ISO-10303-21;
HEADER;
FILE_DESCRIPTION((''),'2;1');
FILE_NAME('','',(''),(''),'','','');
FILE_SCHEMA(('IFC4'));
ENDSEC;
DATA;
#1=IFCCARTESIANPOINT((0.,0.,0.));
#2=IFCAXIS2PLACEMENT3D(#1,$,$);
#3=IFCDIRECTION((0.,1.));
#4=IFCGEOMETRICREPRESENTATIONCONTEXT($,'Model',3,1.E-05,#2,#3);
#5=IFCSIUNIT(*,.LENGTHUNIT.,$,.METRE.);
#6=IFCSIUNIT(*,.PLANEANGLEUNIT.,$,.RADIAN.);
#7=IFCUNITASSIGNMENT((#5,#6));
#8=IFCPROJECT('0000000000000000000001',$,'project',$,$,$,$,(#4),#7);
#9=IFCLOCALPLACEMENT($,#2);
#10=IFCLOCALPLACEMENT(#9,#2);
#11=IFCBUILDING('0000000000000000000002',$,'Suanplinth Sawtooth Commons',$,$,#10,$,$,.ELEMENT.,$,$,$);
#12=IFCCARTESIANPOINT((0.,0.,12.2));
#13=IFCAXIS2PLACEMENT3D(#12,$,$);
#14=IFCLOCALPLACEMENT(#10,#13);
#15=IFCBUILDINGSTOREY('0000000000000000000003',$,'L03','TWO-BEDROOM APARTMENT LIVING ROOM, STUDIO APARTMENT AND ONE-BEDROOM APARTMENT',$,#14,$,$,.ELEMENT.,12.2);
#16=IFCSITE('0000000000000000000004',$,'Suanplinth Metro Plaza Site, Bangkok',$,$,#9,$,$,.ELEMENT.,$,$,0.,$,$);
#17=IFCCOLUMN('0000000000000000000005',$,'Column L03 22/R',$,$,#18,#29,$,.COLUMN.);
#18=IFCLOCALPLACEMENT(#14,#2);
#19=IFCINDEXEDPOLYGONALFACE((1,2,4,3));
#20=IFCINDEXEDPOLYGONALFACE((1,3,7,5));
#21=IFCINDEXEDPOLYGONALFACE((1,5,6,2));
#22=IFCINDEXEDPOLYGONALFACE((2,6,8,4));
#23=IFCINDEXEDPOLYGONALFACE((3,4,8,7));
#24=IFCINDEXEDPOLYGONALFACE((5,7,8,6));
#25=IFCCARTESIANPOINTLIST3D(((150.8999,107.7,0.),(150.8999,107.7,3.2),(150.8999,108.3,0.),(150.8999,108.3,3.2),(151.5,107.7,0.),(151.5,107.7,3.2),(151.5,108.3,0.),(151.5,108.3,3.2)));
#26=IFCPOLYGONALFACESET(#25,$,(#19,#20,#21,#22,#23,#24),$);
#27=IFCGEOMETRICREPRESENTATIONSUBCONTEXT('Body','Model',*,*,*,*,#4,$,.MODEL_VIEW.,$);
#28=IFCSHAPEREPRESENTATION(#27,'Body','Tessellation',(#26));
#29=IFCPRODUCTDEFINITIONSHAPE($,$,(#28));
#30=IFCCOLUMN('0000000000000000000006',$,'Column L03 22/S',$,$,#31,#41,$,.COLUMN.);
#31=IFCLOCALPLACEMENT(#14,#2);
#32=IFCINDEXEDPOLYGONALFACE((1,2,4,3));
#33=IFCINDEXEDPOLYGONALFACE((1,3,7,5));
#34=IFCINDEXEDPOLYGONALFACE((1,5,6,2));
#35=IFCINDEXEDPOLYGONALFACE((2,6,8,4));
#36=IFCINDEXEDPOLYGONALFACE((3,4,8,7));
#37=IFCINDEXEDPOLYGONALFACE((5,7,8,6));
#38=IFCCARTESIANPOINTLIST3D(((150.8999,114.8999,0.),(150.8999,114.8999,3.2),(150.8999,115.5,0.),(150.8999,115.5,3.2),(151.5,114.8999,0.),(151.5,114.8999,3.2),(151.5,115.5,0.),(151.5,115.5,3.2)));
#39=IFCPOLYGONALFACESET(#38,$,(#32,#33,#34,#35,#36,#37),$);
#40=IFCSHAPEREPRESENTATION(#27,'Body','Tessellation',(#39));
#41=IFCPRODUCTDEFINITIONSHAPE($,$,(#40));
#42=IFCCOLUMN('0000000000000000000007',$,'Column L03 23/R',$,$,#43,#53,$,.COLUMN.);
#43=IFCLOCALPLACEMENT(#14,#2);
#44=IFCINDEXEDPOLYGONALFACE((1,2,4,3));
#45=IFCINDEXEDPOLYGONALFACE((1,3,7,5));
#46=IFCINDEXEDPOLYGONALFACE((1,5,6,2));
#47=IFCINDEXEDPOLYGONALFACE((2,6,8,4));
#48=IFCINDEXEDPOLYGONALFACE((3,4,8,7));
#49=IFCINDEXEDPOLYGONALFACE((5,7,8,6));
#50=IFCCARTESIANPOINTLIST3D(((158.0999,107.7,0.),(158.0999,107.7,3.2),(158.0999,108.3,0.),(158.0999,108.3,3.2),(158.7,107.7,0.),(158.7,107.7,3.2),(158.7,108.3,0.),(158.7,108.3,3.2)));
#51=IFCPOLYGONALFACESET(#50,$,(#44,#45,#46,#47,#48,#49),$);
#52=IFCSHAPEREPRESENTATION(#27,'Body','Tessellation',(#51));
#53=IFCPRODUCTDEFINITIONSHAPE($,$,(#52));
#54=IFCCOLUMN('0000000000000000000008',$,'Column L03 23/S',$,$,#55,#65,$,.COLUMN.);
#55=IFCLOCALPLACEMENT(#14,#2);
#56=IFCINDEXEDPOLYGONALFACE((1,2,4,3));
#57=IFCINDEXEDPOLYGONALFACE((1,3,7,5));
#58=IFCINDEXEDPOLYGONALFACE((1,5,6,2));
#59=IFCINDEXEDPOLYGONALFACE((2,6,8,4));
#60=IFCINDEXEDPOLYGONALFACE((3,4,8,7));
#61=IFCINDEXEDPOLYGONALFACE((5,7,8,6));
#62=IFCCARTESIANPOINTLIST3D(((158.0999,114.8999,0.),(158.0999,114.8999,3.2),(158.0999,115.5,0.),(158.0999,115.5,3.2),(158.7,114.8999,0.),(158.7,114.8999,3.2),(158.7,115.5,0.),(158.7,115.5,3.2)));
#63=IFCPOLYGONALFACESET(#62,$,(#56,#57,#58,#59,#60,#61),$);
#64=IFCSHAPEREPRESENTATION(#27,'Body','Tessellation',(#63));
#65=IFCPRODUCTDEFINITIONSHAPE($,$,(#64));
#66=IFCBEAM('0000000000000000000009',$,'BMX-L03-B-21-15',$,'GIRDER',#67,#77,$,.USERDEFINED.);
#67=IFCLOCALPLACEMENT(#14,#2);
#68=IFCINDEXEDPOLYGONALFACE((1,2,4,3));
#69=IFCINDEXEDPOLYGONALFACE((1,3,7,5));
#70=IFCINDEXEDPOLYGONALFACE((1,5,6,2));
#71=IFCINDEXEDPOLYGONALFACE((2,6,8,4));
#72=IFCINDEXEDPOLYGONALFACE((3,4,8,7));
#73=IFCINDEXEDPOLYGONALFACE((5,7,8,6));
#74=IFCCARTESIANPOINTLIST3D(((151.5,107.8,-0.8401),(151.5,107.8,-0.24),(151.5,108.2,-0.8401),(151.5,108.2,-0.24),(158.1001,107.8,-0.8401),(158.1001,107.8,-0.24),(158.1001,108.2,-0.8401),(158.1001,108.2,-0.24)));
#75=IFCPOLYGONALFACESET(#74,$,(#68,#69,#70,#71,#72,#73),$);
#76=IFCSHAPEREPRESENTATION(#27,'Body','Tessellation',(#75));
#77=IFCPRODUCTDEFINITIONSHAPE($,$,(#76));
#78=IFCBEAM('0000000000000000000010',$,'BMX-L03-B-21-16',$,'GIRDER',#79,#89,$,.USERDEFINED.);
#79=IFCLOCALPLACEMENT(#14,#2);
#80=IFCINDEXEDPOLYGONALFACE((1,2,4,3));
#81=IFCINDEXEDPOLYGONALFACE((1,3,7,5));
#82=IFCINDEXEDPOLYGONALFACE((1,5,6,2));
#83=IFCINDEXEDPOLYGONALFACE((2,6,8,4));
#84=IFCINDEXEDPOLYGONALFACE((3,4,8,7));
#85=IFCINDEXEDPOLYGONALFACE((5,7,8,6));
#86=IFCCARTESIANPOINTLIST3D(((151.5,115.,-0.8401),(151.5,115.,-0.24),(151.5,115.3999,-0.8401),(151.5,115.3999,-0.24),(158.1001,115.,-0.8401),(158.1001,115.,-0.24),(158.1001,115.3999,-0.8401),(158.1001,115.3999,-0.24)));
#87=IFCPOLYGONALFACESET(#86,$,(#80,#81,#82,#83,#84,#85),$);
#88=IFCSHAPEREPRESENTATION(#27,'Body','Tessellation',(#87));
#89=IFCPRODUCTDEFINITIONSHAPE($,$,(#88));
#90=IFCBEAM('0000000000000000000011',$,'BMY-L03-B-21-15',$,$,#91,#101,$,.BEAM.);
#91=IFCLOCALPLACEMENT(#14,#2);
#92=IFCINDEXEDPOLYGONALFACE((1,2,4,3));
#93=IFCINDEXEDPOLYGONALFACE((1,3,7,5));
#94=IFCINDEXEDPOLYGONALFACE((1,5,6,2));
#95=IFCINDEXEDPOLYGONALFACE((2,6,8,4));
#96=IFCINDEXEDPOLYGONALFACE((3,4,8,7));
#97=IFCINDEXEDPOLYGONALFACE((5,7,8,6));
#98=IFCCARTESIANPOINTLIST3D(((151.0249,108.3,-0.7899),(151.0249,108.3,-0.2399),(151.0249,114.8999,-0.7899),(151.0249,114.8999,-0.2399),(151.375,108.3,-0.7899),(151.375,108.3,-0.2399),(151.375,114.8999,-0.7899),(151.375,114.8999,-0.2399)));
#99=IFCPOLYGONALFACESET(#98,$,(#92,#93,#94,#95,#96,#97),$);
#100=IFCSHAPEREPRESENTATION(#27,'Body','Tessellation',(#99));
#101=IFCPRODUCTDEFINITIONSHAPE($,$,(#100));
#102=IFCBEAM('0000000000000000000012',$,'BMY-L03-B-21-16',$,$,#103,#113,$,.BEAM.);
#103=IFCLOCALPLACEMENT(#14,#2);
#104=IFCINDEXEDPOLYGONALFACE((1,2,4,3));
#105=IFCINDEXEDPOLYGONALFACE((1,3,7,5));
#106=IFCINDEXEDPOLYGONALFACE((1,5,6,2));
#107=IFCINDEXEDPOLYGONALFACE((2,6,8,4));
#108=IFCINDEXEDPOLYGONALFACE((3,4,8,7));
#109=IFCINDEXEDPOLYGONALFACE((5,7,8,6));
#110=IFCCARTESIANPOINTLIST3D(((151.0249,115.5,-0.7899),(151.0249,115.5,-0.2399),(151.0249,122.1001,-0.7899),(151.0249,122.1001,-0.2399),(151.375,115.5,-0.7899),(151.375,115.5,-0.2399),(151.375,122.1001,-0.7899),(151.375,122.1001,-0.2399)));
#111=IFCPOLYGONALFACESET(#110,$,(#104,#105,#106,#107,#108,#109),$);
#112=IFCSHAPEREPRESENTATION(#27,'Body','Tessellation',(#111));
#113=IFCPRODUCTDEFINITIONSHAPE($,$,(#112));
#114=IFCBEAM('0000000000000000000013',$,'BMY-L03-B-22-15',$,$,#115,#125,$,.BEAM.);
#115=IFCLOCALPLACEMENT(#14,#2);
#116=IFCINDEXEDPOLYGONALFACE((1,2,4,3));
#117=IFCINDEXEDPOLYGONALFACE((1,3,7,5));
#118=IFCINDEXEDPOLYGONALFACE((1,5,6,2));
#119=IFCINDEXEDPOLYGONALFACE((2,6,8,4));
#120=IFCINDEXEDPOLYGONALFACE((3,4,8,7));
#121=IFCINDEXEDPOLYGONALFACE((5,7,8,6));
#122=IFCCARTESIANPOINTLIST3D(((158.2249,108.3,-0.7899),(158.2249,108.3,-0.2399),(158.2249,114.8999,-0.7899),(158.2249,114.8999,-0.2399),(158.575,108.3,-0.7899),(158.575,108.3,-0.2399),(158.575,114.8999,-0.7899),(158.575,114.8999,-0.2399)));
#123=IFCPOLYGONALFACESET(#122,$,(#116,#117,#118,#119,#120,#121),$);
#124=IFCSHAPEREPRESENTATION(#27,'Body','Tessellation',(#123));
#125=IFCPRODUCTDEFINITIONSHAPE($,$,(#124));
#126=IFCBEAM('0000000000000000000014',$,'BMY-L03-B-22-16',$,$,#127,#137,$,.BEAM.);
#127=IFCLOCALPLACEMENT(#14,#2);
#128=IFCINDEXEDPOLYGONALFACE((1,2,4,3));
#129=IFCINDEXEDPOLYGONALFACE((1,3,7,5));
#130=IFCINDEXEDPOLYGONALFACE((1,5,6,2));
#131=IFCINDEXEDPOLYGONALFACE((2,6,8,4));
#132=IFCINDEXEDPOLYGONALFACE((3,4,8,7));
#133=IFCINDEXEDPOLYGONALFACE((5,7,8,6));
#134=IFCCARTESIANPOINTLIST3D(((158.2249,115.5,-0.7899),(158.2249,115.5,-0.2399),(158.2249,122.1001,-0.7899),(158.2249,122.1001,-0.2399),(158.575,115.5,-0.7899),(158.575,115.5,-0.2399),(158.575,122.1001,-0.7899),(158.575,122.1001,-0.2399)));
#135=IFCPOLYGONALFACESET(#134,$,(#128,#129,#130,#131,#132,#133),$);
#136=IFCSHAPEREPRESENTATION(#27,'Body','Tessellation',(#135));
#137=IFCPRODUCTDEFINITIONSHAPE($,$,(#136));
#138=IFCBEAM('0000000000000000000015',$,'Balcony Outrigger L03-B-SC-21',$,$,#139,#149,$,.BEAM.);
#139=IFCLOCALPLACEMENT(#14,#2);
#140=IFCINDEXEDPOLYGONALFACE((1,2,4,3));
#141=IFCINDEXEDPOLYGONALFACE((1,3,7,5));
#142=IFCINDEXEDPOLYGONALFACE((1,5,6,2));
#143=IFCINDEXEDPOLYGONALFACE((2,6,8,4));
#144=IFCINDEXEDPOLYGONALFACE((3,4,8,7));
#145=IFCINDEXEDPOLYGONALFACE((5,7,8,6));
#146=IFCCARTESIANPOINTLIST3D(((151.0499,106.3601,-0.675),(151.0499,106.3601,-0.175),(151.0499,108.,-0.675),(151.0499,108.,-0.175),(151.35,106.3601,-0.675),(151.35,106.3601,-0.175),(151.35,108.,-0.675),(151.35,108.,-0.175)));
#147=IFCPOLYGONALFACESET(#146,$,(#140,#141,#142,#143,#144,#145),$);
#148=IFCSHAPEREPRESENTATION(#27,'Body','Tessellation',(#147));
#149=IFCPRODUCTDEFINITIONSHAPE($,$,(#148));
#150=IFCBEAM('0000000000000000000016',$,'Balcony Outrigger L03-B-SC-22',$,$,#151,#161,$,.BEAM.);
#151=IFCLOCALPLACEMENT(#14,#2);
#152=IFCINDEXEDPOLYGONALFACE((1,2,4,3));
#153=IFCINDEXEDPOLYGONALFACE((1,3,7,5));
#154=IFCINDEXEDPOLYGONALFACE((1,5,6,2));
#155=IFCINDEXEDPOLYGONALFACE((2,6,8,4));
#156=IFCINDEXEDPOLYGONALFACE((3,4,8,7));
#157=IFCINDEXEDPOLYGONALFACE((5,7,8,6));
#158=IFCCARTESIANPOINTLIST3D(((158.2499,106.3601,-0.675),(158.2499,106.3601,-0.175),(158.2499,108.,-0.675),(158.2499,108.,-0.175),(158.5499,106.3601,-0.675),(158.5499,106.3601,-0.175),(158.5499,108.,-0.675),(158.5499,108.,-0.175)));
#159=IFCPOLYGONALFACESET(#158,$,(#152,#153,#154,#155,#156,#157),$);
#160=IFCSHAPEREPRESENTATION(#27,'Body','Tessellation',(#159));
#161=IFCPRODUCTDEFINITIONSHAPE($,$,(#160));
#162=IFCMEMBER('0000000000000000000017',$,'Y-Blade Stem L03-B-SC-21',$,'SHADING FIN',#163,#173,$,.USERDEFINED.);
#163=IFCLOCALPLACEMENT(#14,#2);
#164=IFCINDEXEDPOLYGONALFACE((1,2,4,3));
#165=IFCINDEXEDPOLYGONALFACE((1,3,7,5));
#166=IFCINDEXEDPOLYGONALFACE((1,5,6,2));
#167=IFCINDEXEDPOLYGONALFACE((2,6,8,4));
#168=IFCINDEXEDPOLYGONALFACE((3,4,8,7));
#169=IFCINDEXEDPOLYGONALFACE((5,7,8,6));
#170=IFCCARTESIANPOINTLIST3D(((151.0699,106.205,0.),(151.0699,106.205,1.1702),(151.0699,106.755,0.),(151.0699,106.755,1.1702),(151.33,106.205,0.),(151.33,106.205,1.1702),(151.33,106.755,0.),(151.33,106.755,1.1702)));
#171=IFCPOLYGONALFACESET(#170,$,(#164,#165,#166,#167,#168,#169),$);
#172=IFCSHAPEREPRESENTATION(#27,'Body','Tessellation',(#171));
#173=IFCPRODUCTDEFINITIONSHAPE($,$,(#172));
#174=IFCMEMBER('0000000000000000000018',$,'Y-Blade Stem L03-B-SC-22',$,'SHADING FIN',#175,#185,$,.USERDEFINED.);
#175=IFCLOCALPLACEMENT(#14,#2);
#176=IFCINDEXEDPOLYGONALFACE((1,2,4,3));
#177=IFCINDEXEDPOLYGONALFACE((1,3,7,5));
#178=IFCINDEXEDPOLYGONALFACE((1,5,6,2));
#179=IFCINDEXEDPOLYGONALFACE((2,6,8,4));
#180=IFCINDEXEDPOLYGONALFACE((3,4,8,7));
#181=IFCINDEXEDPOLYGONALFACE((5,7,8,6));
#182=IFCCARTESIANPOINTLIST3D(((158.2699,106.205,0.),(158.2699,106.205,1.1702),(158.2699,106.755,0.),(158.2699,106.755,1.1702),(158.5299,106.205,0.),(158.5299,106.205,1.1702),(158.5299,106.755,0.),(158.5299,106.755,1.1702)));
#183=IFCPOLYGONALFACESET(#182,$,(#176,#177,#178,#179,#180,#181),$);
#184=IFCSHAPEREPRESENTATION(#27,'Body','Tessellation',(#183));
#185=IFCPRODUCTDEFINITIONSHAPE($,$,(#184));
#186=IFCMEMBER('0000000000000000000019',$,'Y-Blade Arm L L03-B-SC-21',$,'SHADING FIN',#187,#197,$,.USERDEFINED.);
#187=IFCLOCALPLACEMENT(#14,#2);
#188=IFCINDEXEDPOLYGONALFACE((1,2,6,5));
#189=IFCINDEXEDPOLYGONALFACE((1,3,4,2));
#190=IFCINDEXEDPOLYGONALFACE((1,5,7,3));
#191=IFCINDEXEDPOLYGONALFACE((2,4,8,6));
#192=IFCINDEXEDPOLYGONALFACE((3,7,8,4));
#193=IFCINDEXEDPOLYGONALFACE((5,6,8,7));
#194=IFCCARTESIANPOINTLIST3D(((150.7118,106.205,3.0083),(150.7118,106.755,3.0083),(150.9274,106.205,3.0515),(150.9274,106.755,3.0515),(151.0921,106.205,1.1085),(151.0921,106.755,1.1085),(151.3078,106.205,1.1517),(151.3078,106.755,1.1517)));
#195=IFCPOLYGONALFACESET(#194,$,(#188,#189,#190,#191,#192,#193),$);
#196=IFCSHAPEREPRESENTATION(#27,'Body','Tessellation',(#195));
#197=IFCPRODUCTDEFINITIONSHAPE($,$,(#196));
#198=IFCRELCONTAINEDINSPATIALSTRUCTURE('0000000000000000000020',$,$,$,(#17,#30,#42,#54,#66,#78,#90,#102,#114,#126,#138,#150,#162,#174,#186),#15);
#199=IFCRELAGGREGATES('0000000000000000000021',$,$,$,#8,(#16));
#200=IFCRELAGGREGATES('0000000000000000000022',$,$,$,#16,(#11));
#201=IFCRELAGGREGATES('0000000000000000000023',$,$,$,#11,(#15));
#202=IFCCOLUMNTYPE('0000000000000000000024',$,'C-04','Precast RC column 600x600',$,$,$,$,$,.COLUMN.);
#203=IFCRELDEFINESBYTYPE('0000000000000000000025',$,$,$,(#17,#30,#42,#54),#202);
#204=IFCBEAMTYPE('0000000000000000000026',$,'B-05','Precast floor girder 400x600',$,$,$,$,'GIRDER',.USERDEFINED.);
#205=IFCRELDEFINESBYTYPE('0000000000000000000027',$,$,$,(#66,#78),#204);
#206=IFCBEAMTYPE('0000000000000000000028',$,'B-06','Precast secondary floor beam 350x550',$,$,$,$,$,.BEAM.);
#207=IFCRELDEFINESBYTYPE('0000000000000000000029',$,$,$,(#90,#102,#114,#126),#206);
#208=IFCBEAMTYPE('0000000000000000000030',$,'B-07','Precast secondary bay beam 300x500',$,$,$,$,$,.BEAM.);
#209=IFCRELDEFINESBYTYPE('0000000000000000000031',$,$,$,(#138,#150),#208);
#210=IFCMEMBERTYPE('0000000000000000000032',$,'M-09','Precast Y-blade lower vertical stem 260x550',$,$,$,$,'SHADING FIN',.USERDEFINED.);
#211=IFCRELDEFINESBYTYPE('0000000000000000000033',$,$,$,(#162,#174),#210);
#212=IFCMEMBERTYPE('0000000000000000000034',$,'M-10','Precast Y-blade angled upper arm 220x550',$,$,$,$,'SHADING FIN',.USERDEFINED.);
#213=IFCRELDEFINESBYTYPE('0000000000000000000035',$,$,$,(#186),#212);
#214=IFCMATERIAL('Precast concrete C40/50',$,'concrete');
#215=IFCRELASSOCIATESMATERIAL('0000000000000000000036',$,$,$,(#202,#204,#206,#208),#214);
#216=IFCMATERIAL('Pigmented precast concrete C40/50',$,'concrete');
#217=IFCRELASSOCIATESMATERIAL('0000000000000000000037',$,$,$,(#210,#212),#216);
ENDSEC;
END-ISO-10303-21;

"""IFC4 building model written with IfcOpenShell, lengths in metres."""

from ifc_helpers import new_model, si_unit, direction, frame, origin, origin_2d, place, context, subcontext, project, spatial, rectangle, extrude, material, material_profile, profile_set, type_object, element, save


model = new_model("IFC4")

# Units and contexts
model_context = context("Model", 3, precision=1e-05, world=origin(), true_north=direction((0.0, 1.0)))
body_context = subcontext(model_context, "Body", "Model", "MODEL_VIEW")
ifc_project = project(units=[si_unit("LENGTHUNIT", "METRE"), si_unit("PLANEANGLEUNIT", "RADIAN")], contexts=[model_context])

# Site, building, storey
site_placement = place(None, origin())
site = spatial("IfcSite", under=ifc_project, at=site_placement, Name="Suanplinth Metro Plaza Site, Bangkok", CompositionType="ELEMENT", RefElevation=0.0)
building_placement = place(site_placement, origin())
building = spatial("IfcBuilding", under=site, at=building_placement, Name="Suanplinth Sawtooth Commons", CompositionType="ELEMENT")
storey_placement = place(building_placement, frame((0.0, 0.0, 12.2)))
storey = spatial("IfcBuildingStorey", under=building, at=storey_placement, Name="L03", Description="TWO-BEDROOM APARTMENT LIVING ROOM, STUDIO APARTMENT AND ONE-BEDROOM APARTMENT", CompositionType="ELEMENT", Elevation=12.2)

# Columns
ifc_material_1 = material(Name="Precast concrete C40/50", Category="concrete")
ifc_material_profile_1 = material_profile(ifc_material_1, rectangle(XDim=0.6001, YDim=0.6001, at=origin_2d()), Name="PC-COL 600x600")
ifc_profile_set_1 = profile_set([ifc_material_profile_1], Name="Precast concrete C40/50")
column_type = type_object("IfcColumnType", Name="C-04", Description="Precast RC column 600x600", PredefinedType="COLUMN", material=ifc_profile_set_1)
for number, where, z_axis, x_axis, name in (
    (1, (151.2, 108.0, 0.0), (0.0, 0.0, 1.0), (1.0, 0.0, 0.0), "Column L03 22/R"),
    (2, (151.2, 115.2, 0.0), (0.0, 0.0, 1.0), (1.0, 0.0, 0.0), "Column L03 22/S"),
    (3, (158.3999, 108.0, 0.0), (0.0, 0.0, 1.0), (1.0, 0.0, 0.0), "Column L03 23/R"),
    (4, (158.3999, 115.2, 0.0), (0.0, 0.0, 1.0), (1.0, 0.0, 0.0), "Column L03 23/S"),
):
    element("IfcColumn", number, at=place(storey_placement, frame(where, z_axis=z_axis, x_axis=x_axis)), inside=storey, type_object=column_type, Name=name, PredefinedType="COLUMN", context=body_context, shape_type="SweptSolid", body=[
        extrude(rectangle(XDim=0.6001, YDim=0.6001, at=origin_2d()), origin(), (0.0, 0.0, 1.0), 3.2),
    ])

# Beams
ifc_material_profile_2 = material_profile(ifc_material_1, rectangle(XDim=0.3999, YDim=0.6001, at=origin_2d()), Name="PC-GDR 400x600")
ifc_profile_set_2 = profile_set([ifc_material_profile_2], Name="Precast concrete C40/50")
beam_type_1 = type_object("IfcBeamType", Name="B-05", Description="Precast floor girder 400x600", ElementType="GIRDER", PredefinedType="USERDEFINED", material=ifc_profile_set_2)
for number, where, z_axis, x_axis, name in (
    (5, (151.5, 108.0, -0.54), (1.0, 0.0, 0.0), (0.0, 1.0, 0.0), "BMX-L03-B-21-15"),
    (6, (151.5, 115.2, -0.54), (1.0, 0.0, 0.0), (0.0, 1.0, 0.0), "BMX-L03-B-21-16"),
):
    element("IfcBeam", number, at=place(storey_placement, frame(where, z_axis=z_axis, x_axis=x_axis)), inside=storey, type_object=beam_type_1, Name=name, ObjectType="GIRDER", PredefinedType="USERDEFINED", context=body_context, shape_type="SweptSolid", body=[
        extrude(rectangle(XDim=0.3999, YDim=0.6001, at=origin_2d()), origin(), (0.0, 0.0, 1.0), 6.6001),
    ])
ifc_material_profile_3 = material_profile(ifc_material_1, rectangle(XDim=0.3501, YDim=0.55, at=origin_2d()), Name="PC-BM 350x550")
ifc_profile_set_3 = profile_set([ifc_material_profile_3], Name="Precast concrete C40/50")
beam_type_2 = type_object("IfcBeamType", Name="B-06", Description="Precast secondary floor beam 350x550", PredefinedType="BEAM", material=ifc_profile_set_3)
beam_1_placement = place(storey_placement, frame((151.2, 108.3, -0.5149), z_axis=(0.0, 1.0, 0.0), x_axis=(-1.0, 0.0, 0.0)))
element("IfcBeam", 7, at=beam_1_placement, inside=storey, type_object=beam_type_2, Name="BMY-L03-B-21-15", PredefinedType="BEAM", context=body_context, shape_type="SweptSolid", body=[
    extrude(rectangle(XDim=0.3501, YDim=0.55, at=origin_2d()), origin(), (0.0, 0.0, 1.0), 6.5999),
])
beam_2_placement = place(storey_placement, frame((151.2, 115.5, -0.5149), z_axis=(0.0, 1.0, 0.0), x_axis=(-1.0, 0.0, 0.0)))
element("IfcBeam", 8, at=beam_2_placement, inside=storey, type_object=beam_type_2, Name="BMY-L03-B-21-16", PredefinedType="BEAM", context=body_context, shape_type="SweptSolid", body=[
    extrude(rectangle(XDim=0.3501, YDim=0.55, at=origin_2d()), origin(), (0.0, 0.0, 1.0), 6.6001),
])
beam_3_placement = place(storey_placement, frame((158.3999, 108.3, -0.5149), z_axis=(0.0, 1.0, 0.0), x_axis=(-1.0, 0.0, 0.0)))
element("IfcBeam", 9, at=beam_3_placement, inside=storey, type_object=beam_type_2, Name="BMY-L03-B-22-15", PredefinedType="BEAM", context=body_context, shape_type="SweptSolid", body=[
    extrude(rectangle(XDim=0.3501, YDim=0.55, at=origin_2d()), origin(), (0.0, 0.0, 1.0), 6.5999),
])
beam_4_placement = place(storey_placement, frame((158.3999, 115.5, -0.5149), z_axis=(0.0, 1.0, 0.0), x_axis=(-1.0, 0.0, 0.0)))
element("IfcBeam", 10, at=beam_4_placement, inside=storey, type_object=beam_type_2, Name="BMY-L03-B-22-16", PredefinedType="BEAM", context=body_context, shape_type="SweptSolid", body=[
    extrude(rectangle(XDim=0.3501, YDim=0.55, at=origin_2d()), origin(), (0.0, 0.0, 1.0), 6.6001),
])
ifc_material_profile_4 = material_profile(ifc_material_1, rectangle(XDim=0.3, YDim=0.5, at=origin_2d()), Name="PC-BM 300x500")
ifc_profile_set_4 = profile_set([ifc_material_profile_4], Name="Precast concrete C40/50")
beam_type_3 = type_object("IfcBeamType", Name="B-07", Description="Precast secondary bay beam 300x500", PredefinedType="BEAM", material=ifc_profile_set_4)
for number, where, z_axis, x_axis, name in (
    (11, (151.2, 108.0, -0.425), (0.0, -1.0, 0.0), (1.0, 0.0, 0.0), "Balcony Outrigger L03-B-SC-21"),
    (12, (158.3999, 108.0, -0.425), (0.0, -1.0, 0.0), (1.0, 0.0, 0.0), "Balcony Outrigger L03-B-SC-22"),
):
    element("IfcBeam", number, at=place(storey_placement, frame(where, z_axis=z_axis, x_axis=x_axis)), inside=storey, type_object=beam_type_3, Name=name, PredefinedType="BEAM", context=body_context, shape_type="SweptSolid", body=[
        extrude(rectangle(XDim=0.3, YDim=0.5, at=origin_2d()), origin(), (0.0, 0.0, 1.0), 1.6399),
    ])

# Members
ifc_material_2 = material(Name="Pigmented precast concrete C40/50", Category="concrete")
ifc_material_profile_5 = material_profile(ifc_material_2, rectangle(XDim=0.26, YDim=0.55, at=origin_2d()), Name="PC-FIN 260x550")
ifc_profile_set_5 = profile_set([ifc_material_profile_5], Name="Pigmented precast concrete C40/50")
member_type_1 = type_object("IfcMemberType", Name="M-09", Description="Precast Y-blade lower vertical stem 260x550", ElementType="SHADING FIN", PredefinedType="USERDEFINED", material=ifc_profile_set_5)
for number, where, z_axis, x_axis, name in (
    (13, (151.2, 106.48, 0.0), (0.0, 0.0, 1.0), (1.0, 0.0, 0.0), "Y-Blade Stem L03-B-SC-21"),
    (14, (158.3999, 106.48, 0.0), (0.0, 0.0, 1.0), (1.0, 0.0, 0.0), "Y-Blade Stem L03-B-SC-22"),
):
    element("IfcMember", number, at=place(storey_placement, frame(where, z_axis=z_axis, x_axis=x_axis)), inside=storey, type_object=member_type_1, Name=name, ObjectType="SHADING FIN", PredefinedType="USERDEFINED", context=body_context, shape_type="SweptSolid", body=[
        extrude(rectangle(XDim=0.26, YDim=0.55, at=origin_2d()), origin(), (0.0, 0.0, 1.0), 1.1702),
    ])
ifc_material_profile_6 = material_profile(ifc_material_2, rectangle(XDim=0.22, YDim=0.55, at=origin_2d()), Name="PC-FIN 220x550")
ifc_profile_set_6 = profile_set([ifc_material_profile_6], Name="Pigmented precast concrete C40/50")
member_type_2 = type_object("IfcMemberType", Name="M-10", Description="Precast Y-blade angled upper arm 220x550", ElementType="SHADING FIN", PredefinedType="USERDEFINED", material=ifc_profile_set_6)
member_1_placement = place(storey_placement, frame((151.2, 106.48, 1.1301), z_axis=(-0.19631, 0.0, 0.980542), x_axis=(0.980542, 0.0, 0.19631)))
element("IfcMember", 15, at=member_1_placement, inside=storey, type_object=member_type_2, Name="Y-Blade Arm L L03-B-SC-21", ObjectType="SHADING FIN", PredefinedType="USERDEFINED", context=body_context, shape_type="SweptSolid", body=[
    extrude(rectangle(XDim=0.22, YDim=0.55, at=origin_2d()), origin(), (0.0, 0.0, 1.0), 1.9375),
])

save(model, "model.ifc")
